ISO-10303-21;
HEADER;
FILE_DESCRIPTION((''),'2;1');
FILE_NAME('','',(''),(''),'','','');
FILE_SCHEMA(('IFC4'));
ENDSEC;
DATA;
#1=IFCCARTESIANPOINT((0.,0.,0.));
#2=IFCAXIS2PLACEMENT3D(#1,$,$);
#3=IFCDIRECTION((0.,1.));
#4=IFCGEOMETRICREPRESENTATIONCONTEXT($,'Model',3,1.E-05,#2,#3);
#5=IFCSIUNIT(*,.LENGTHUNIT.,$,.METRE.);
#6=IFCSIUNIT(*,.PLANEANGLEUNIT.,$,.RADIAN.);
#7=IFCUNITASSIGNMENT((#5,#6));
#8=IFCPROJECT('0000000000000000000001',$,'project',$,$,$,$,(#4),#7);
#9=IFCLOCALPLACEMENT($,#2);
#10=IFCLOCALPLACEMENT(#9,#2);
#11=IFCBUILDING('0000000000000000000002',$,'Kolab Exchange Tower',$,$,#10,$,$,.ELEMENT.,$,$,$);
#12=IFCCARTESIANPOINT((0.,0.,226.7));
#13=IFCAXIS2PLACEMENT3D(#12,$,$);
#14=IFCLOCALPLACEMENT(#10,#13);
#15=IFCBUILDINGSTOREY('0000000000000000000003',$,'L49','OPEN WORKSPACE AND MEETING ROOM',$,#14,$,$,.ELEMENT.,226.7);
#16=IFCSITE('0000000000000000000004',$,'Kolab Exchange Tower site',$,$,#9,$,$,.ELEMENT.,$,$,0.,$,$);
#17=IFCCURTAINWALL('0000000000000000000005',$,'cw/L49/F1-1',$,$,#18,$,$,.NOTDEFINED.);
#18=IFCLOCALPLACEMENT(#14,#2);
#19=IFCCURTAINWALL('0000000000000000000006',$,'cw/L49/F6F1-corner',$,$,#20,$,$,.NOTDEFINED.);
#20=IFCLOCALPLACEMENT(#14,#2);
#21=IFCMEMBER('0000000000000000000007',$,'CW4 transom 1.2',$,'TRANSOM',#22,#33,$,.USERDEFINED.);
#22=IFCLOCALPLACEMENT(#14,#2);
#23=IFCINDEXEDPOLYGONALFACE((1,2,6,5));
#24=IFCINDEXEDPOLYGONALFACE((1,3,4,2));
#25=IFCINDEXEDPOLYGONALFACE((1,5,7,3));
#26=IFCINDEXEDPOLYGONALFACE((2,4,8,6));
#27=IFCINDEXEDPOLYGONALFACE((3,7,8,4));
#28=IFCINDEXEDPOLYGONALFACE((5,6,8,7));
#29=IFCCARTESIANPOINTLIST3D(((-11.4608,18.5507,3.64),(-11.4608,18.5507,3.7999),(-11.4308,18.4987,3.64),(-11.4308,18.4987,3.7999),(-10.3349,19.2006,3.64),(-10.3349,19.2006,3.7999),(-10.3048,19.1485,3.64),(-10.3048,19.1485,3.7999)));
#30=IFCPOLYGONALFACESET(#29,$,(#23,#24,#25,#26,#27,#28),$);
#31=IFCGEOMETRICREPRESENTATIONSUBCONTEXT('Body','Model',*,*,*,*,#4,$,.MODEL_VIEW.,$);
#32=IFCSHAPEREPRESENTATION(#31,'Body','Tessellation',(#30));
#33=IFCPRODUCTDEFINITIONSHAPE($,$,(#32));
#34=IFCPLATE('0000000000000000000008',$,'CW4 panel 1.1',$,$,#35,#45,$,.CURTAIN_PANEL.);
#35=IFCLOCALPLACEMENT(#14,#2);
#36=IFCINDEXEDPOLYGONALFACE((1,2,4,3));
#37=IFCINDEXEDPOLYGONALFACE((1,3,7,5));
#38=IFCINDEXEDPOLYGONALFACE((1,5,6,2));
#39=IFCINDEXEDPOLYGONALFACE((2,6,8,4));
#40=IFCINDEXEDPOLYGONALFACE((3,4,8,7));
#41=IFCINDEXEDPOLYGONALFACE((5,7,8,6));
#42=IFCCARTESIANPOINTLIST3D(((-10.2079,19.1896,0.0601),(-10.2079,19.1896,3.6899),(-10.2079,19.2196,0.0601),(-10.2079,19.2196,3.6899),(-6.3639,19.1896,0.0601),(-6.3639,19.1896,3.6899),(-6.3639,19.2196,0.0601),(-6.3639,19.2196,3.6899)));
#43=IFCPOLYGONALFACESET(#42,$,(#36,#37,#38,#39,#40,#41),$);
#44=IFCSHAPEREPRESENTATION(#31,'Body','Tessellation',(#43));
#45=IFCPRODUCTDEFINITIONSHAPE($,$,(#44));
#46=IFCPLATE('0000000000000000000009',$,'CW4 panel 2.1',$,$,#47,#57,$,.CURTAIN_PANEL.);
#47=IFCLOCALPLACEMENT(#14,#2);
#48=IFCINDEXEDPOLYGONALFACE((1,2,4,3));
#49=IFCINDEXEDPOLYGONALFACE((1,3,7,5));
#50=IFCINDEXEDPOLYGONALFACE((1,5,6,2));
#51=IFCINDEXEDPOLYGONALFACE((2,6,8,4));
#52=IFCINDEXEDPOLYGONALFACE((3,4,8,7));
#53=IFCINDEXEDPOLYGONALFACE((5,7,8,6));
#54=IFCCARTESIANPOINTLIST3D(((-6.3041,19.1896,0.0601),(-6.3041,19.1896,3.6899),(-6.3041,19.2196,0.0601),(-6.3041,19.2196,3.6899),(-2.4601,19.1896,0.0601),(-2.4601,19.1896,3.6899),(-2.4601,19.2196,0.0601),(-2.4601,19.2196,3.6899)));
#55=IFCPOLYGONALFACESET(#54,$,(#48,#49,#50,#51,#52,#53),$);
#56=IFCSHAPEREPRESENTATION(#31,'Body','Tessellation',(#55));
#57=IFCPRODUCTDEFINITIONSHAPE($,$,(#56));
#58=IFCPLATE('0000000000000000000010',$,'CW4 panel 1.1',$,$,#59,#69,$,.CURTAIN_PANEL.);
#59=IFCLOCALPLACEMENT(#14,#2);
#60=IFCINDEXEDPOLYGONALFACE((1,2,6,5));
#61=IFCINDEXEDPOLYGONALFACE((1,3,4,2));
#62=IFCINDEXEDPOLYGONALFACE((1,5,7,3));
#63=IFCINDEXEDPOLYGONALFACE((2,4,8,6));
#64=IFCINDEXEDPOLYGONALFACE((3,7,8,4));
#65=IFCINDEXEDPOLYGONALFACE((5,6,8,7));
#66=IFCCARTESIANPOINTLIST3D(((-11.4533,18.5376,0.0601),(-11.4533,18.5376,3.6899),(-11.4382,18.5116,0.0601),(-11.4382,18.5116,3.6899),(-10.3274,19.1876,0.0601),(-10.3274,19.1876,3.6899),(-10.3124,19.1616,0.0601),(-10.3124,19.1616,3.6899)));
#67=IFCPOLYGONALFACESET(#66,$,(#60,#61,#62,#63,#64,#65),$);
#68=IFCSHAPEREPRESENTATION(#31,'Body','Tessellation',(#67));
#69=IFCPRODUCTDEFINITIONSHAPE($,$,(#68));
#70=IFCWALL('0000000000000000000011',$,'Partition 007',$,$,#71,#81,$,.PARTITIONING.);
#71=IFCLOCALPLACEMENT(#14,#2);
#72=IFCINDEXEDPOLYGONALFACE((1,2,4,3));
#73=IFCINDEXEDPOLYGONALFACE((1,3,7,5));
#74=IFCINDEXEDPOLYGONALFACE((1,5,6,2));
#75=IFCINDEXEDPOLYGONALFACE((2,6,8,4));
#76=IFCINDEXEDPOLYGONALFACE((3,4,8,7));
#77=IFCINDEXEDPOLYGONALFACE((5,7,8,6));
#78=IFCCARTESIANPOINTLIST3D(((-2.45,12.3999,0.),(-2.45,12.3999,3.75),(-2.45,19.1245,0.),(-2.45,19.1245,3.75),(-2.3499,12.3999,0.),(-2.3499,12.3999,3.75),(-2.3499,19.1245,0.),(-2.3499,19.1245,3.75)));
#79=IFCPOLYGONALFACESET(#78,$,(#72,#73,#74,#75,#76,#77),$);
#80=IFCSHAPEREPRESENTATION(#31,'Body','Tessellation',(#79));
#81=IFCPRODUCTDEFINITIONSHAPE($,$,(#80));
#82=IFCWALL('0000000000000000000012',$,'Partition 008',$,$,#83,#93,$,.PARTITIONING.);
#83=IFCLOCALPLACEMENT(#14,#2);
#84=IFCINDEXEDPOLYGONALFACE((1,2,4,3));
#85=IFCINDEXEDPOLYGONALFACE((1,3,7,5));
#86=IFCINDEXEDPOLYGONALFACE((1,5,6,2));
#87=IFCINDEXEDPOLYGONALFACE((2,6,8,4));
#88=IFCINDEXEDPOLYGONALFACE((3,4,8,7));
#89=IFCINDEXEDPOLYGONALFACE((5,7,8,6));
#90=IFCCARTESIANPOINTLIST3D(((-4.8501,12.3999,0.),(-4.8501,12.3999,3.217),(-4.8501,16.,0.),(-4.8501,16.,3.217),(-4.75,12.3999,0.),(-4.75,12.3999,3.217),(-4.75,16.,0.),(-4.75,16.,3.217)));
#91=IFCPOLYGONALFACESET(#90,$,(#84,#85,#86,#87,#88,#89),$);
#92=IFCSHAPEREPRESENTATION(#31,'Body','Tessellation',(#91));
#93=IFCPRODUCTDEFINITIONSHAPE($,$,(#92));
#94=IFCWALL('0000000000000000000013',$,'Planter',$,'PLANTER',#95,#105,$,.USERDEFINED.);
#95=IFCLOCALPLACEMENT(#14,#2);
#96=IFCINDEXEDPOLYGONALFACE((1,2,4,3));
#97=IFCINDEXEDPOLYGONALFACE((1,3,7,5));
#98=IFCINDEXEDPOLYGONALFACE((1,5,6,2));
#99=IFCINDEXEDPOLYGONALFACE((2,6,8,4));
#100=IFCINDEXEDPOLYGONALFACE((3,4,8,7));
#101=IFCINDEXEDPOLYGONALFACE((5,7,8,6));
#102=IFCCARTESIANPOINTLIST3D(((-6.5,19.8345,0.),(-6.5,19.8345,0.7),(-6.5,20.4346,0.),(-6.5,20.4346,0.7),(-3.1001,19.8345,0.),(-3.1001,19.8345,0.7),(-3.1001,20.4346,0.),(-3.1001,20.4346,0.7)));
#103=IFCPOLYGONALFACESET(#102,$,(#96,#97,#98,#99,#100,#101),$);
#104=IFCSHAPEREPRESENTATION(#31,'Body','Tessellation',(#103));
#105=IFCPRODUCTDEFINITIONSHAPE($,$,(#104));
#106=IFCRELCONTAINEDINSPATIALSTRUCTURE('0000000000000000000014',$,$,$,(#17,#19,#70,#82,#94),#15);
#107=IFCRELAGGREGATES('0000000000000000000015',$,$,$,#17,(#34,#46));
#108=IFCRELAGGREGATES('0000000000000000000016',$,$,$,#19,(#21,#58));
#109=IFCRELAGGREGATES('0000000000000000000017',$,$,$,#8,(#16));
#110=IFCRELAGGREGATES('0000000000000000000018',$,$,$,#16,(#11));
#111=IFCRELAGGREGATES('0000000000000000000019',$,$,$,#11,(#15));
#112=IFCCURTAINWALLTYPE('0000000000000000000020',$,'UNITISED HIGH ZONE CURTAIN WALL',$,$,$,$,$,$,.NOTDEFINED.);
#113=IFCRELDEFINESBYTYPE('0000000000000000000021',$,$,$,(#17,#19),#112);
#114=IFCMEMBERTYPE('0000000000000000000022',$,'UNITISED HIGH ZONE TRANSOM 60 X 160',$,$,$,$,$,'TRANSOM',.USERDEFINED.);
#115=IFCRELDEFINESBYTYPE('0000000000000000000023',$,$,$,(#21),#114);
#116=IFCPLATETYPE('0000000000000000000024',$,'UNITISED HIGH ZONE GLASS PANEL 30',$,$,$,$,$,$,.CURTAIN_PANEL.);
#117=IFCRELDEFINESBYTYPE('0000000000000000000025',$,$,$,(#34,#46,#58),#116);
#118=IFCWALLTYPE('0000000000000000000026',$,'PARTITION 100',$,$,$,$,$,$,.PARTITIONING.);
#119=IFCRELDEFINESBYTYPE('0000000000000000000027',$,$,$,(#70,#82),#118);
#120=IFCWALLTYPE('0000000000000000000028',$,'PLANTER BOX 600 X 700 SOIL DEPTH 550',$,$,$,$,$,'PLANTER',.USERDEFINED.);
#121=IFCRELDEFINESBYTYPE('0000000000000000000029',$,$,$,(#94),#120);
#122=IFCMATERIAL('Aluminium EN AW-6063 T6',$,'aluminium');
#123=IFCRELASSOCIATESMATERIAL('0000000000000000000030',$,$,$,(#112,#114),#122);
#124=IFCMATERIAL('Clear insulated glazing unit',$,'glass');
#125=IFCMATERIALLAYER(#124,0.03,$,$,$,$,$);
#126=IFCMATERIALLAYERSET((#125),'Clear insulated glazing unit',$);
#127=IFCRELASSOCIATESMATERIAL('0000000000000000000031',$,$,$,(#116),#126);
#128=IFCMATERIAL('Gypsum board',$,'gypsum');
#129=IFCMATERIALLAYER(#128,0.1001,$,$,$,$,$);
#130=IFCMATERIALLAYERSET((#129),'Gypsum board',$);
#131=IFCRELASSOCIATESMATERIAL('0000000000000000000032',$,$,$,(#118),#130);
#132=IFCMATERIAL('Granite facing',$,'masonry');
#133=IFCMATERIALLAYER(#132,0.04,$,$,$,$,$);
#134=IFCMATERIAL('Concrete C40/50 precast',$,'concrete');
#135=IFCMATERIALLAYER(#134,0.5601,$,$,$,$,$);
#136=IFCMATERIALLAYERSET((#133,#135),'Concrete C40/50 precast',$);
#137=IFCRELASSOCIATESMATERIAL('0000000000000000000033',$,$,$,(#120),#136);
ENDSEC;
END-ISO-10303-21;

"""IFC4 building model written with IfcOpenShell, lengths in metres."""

from ifc_helpers import new_model, si_unit, direction, frame, frame_2d, origin, origin_2d, place, context, subcontext, project, spatial, rectangle, extrude, material, layer, layer_set, material_profile, profile_set, type_object, element, aggregate, save


model = new_model("IFC4")

# Units and contexts
model_context = context("Model", 3, precision=1e-05, world=origin(), true_north=direction((0.0, 1.0)))
body_context = subcontext(model_context, "Body", "Model", "MODEL_VIEW")
ifc_project = project(units=[si_unit("LENGTHUNIT", "METRE"), si_unit("PLANEANGLEUNIT", "RADIAN")], contexts=[model_context])

# Site, building, storey
site_placement = place(None, origin())
site = spatial("IfcSite", under=ifc_project, at=site_placement, Name="Kolab Exchange Tower site", CompositionType="ELEMENT", RefElevation=0.0)
building_placement = place(site_placement, origin())
building = spatial("IfcBuilding", under=site, at=building_placement, Name="Kolab Exchange Tower", CompositionType="ELEMENT")
storey_placement = place(building_placement, frame((0.0, 0.0, 226.7)))
storey = spatial("IfcBuildingStorey", under=building, at=storey_placement, Name="L49", Description="OPEN WORKSPACE AND MEETING ROOM", CompositionType="ELEMENT", Elevation=226.7)

# Curtain walls
ifc_material_1 = material(Name="Aluminium EN AW-6063 T6", Category="aluminium")
curtain_wall_type = type_object("IfcCurtainWallType", Name="UNITISED HIGH ZONE CURTAIN WALL", PredefinedType="NOTDEFINED", material=ifc_material_1)
curtain_wall_1_placement = place(storey_placement, origin())
curtain_wall_1 = element("IfcCurtainWall", 1, at=curtain_wall_1_placement, inside=storey, type_object=curtain_wall_type, Name="cw/L49/F1-1", PredefinedType="NOTDEFINED")
curtain_wall_2_placement = place(storey_placement, origin())
curtain_wall_2 = element("IfcCurtainWall", 2, at=curtain_wall_2_placement, inside=storey, type_object=curtain_wall_type, Name="cw/L49/F6F1-corner", PredefinedType="NOTDEFINED")

# Member
ifc_material_profile_1 = material_profile(ifc_material_1, rectangle(XDim=0.0601, YDim=0.1599, at=origin_2d()), Name="RECT 60X160")
ifc_profile_set_1 = profile_set([ifc_material_profile_1], Name="Aluminium EN AW-6063 T6")
member_type_1 = type_object("IfcMemberType", Name="UNITISED HIGH ZONE TRANSOM 60 X 160", ElementType="TRANSOM", PredefinedType="USERDEFINED", material=ifc_profile_set_1)
member_1_placement = place(storey_placement, frame((-11.4458, 18.5247, 3.72), z_axis=(0.866086, 0.499896, 0.0), x_axis=(-0.499896, 0.866086, 0.0)))
member_1 = element("IfcMember", 3, at=member_1_placement, type_object=member_type_1, Name="CW4 transom 1.2", ObjectType="TRANSOM", PredefinedType="USERDEFINED", context=body_context, shape_type="SweptSolid", body=[
    extrude(rectangle(XDim=0.0601, YDim=0.1599, at=origin_2d()), origin(), (0.0, 0.0, 1.0), 1.3),
])

# Plates
ifc_material_2 = material(Name="Clear insulated glazing unit", Category="glass")
ifc_layer_1 = layer(ifc_material_2, 0.03)
ifc_layer_set_1 = layer_set([ifc_layer_1], Name="Clear insulated glazing unit")
plate_type = type_object("IfcPlateType", Name="UNITISED HIGH ZONE GLASS PANEL 30", PredefinedType="CURTAIN_PANEL", material=ifc_layer_set_1)
plate_1_placement = place(storey_placement, frame((-8.2859, 19.2046, 0.0601), z_axis=(0.0, 0.0, 1.0), x_axis=(1.0, 0.0, 0.0)))
plate_1 = element("IfcPlate", 4, at=plate_1_placement, type_object=plate_type, Name="CW4 panel 1.1", PredefinedType="CURTAIN_PANEL", context=body_context, shape_type="SweptSolid", body=[
    extrude(rectangle(XDim=3.844, YDim=0.03, at=origin_2d()), origin(), (0.0, 0.0, 1.0), 3.6299),
])
plate_2_placement = place(storey_placement, frame((-4.3821, 19.2046, 0.0601), z_axis=(0.0, 0.0, 1.0), x_axis=(1.0, 0.0, 0.0)))
plate_2 = element("IfcPlate", 5, at=plate_2_placement, type_object=plate_type, Name="CW4 panel 2.1", PredefinedType="CURTAIN_PANEL", context=body_context, shape_type="SweptSolid", body=[
    extrude(rectangle(XDim=3.844, YDim=0.03, at=origin_2d()), origin(), (0.0, 0.0, 1.0), 3.6299),
])
aggregate(curtain_wall_1, [plate_1, plate_2])
plate_3_placement = place(storey_placement, frame((-10.8828, 18.8496, 0.0601), z_axis=(0.0, 0.0, 1.0), x_axis=(0.866025, 0.5, 0.0)))
plate_3 = element("IfcPlate", 6, at=plate_3_placement, type_object=plate_type, Name="CW4 panel 1.1", PredefinedType="CURTAIN_PANEL", context=body_context, shape_type="SweptSolid", body=[
    extrude(rectangle(XDim=1.3, YDim=0.03, at=origin_2d()), origin(), (0.0, 0.0, 1.0), 3.6299),
])
aggregate(curtain_wall_2, [member_1, plate_3])

# Walls
ifc_material_3 = material(Name="Gypsum board", Category="gypsum")
ifc_layer_2 = layer(ifc_material_3, 0.1001)
ifc_layer_set_2 = layer_set([ifc_layer_2], Name="Gypsum board")
wall_type_1 = type_object("IfcWallType", Name="PARTITION 100", PredefinedType="PARTITIONING", material=ifc_layer_set_2)
wall_1_placement = place(storey_placement, frame((-2.3999, 12.3999, 0.0), z_axis=(0.0, 0.0, 1.0), x_axis=(0.0, 1.0, 0.0)))
element("IfcWall", 7, at=wall_1_placement, inside=storey, type_object=wall_type_1, Name="Partition 007", PredefinedType="PARTITIONING", context=body_context, shape_type="SweptSolid", body=[
    extrude(rectangle(XDim=6.7246, YDim=0.1001, at=frame_2d((3.3623, 0.0))), origin(), (0.0, 0.0, 1.0), 3.75),
])
wall_2_placement = place(storey_placement, frame((-4.8, 12.3999, 0.0), z_axis=(0.0, 0.0, 1.0), x_axis=(0.0, 1.0, 0.0)))
element("IfcWall", 8, at=wall_2_placement, inside=storey, type_object=wall_type_1, Name="Partition 008", PredefinedType="PARTITIONING", context=body_context, shape_type="SweptSolid", body=[
    extrude(rectangle(XDim=3.6001, YDim=0.1001, at=frame_2d((1.8, 0.0))), origin(), (0.0, 0.0, 1.0), 3.217),
])
ifc_material_4 = material(Name="Granite facing", Category="masonry")
ifc_layer_3 = layer(ifc_material_4, 0.04)
ifc_material_5 = material(Name="Concrete C40/50 precast", Category="concrete")
ifc_layer_4 = layer(ifc_material_5, 0.5601)
ifc_layer_set_3 = layer_set([ifc_layer_3, ifc_layer_4], Name="Concrete C40/50 precast")
wall_type_2 = type_object("IfcWallType", Name="PLANTER BOX 600 X 700 SOIL DEPTH 550", ElementType="PLANTER", PredefinedType="USERDEFINED", material=ifc_layer_set_3)
wall_3_placement = place(storey_placement, frame((-6.5, 20.1345, 0.0), z_axis=(0.0, 0.0, 1.0), x_axis=(1.0, 0.0, 0.0)))
element("IfcWall", 9, at=wall_3_placement, inside=storey, type_object=wall_type_2, Name="Planter", ObjectType="PLANTER", PredefinedType="USERDEFINED", context=body_context, shape_type="SweptSolid", body=[
    extrude(rectangle(XDim=3.3999, YDim=0.6001, at=frame_2d((1.7, 0.0))), origin(), (0.0, 0.0, 1.0), 0.7),
])

save(model, "model.ifc")
